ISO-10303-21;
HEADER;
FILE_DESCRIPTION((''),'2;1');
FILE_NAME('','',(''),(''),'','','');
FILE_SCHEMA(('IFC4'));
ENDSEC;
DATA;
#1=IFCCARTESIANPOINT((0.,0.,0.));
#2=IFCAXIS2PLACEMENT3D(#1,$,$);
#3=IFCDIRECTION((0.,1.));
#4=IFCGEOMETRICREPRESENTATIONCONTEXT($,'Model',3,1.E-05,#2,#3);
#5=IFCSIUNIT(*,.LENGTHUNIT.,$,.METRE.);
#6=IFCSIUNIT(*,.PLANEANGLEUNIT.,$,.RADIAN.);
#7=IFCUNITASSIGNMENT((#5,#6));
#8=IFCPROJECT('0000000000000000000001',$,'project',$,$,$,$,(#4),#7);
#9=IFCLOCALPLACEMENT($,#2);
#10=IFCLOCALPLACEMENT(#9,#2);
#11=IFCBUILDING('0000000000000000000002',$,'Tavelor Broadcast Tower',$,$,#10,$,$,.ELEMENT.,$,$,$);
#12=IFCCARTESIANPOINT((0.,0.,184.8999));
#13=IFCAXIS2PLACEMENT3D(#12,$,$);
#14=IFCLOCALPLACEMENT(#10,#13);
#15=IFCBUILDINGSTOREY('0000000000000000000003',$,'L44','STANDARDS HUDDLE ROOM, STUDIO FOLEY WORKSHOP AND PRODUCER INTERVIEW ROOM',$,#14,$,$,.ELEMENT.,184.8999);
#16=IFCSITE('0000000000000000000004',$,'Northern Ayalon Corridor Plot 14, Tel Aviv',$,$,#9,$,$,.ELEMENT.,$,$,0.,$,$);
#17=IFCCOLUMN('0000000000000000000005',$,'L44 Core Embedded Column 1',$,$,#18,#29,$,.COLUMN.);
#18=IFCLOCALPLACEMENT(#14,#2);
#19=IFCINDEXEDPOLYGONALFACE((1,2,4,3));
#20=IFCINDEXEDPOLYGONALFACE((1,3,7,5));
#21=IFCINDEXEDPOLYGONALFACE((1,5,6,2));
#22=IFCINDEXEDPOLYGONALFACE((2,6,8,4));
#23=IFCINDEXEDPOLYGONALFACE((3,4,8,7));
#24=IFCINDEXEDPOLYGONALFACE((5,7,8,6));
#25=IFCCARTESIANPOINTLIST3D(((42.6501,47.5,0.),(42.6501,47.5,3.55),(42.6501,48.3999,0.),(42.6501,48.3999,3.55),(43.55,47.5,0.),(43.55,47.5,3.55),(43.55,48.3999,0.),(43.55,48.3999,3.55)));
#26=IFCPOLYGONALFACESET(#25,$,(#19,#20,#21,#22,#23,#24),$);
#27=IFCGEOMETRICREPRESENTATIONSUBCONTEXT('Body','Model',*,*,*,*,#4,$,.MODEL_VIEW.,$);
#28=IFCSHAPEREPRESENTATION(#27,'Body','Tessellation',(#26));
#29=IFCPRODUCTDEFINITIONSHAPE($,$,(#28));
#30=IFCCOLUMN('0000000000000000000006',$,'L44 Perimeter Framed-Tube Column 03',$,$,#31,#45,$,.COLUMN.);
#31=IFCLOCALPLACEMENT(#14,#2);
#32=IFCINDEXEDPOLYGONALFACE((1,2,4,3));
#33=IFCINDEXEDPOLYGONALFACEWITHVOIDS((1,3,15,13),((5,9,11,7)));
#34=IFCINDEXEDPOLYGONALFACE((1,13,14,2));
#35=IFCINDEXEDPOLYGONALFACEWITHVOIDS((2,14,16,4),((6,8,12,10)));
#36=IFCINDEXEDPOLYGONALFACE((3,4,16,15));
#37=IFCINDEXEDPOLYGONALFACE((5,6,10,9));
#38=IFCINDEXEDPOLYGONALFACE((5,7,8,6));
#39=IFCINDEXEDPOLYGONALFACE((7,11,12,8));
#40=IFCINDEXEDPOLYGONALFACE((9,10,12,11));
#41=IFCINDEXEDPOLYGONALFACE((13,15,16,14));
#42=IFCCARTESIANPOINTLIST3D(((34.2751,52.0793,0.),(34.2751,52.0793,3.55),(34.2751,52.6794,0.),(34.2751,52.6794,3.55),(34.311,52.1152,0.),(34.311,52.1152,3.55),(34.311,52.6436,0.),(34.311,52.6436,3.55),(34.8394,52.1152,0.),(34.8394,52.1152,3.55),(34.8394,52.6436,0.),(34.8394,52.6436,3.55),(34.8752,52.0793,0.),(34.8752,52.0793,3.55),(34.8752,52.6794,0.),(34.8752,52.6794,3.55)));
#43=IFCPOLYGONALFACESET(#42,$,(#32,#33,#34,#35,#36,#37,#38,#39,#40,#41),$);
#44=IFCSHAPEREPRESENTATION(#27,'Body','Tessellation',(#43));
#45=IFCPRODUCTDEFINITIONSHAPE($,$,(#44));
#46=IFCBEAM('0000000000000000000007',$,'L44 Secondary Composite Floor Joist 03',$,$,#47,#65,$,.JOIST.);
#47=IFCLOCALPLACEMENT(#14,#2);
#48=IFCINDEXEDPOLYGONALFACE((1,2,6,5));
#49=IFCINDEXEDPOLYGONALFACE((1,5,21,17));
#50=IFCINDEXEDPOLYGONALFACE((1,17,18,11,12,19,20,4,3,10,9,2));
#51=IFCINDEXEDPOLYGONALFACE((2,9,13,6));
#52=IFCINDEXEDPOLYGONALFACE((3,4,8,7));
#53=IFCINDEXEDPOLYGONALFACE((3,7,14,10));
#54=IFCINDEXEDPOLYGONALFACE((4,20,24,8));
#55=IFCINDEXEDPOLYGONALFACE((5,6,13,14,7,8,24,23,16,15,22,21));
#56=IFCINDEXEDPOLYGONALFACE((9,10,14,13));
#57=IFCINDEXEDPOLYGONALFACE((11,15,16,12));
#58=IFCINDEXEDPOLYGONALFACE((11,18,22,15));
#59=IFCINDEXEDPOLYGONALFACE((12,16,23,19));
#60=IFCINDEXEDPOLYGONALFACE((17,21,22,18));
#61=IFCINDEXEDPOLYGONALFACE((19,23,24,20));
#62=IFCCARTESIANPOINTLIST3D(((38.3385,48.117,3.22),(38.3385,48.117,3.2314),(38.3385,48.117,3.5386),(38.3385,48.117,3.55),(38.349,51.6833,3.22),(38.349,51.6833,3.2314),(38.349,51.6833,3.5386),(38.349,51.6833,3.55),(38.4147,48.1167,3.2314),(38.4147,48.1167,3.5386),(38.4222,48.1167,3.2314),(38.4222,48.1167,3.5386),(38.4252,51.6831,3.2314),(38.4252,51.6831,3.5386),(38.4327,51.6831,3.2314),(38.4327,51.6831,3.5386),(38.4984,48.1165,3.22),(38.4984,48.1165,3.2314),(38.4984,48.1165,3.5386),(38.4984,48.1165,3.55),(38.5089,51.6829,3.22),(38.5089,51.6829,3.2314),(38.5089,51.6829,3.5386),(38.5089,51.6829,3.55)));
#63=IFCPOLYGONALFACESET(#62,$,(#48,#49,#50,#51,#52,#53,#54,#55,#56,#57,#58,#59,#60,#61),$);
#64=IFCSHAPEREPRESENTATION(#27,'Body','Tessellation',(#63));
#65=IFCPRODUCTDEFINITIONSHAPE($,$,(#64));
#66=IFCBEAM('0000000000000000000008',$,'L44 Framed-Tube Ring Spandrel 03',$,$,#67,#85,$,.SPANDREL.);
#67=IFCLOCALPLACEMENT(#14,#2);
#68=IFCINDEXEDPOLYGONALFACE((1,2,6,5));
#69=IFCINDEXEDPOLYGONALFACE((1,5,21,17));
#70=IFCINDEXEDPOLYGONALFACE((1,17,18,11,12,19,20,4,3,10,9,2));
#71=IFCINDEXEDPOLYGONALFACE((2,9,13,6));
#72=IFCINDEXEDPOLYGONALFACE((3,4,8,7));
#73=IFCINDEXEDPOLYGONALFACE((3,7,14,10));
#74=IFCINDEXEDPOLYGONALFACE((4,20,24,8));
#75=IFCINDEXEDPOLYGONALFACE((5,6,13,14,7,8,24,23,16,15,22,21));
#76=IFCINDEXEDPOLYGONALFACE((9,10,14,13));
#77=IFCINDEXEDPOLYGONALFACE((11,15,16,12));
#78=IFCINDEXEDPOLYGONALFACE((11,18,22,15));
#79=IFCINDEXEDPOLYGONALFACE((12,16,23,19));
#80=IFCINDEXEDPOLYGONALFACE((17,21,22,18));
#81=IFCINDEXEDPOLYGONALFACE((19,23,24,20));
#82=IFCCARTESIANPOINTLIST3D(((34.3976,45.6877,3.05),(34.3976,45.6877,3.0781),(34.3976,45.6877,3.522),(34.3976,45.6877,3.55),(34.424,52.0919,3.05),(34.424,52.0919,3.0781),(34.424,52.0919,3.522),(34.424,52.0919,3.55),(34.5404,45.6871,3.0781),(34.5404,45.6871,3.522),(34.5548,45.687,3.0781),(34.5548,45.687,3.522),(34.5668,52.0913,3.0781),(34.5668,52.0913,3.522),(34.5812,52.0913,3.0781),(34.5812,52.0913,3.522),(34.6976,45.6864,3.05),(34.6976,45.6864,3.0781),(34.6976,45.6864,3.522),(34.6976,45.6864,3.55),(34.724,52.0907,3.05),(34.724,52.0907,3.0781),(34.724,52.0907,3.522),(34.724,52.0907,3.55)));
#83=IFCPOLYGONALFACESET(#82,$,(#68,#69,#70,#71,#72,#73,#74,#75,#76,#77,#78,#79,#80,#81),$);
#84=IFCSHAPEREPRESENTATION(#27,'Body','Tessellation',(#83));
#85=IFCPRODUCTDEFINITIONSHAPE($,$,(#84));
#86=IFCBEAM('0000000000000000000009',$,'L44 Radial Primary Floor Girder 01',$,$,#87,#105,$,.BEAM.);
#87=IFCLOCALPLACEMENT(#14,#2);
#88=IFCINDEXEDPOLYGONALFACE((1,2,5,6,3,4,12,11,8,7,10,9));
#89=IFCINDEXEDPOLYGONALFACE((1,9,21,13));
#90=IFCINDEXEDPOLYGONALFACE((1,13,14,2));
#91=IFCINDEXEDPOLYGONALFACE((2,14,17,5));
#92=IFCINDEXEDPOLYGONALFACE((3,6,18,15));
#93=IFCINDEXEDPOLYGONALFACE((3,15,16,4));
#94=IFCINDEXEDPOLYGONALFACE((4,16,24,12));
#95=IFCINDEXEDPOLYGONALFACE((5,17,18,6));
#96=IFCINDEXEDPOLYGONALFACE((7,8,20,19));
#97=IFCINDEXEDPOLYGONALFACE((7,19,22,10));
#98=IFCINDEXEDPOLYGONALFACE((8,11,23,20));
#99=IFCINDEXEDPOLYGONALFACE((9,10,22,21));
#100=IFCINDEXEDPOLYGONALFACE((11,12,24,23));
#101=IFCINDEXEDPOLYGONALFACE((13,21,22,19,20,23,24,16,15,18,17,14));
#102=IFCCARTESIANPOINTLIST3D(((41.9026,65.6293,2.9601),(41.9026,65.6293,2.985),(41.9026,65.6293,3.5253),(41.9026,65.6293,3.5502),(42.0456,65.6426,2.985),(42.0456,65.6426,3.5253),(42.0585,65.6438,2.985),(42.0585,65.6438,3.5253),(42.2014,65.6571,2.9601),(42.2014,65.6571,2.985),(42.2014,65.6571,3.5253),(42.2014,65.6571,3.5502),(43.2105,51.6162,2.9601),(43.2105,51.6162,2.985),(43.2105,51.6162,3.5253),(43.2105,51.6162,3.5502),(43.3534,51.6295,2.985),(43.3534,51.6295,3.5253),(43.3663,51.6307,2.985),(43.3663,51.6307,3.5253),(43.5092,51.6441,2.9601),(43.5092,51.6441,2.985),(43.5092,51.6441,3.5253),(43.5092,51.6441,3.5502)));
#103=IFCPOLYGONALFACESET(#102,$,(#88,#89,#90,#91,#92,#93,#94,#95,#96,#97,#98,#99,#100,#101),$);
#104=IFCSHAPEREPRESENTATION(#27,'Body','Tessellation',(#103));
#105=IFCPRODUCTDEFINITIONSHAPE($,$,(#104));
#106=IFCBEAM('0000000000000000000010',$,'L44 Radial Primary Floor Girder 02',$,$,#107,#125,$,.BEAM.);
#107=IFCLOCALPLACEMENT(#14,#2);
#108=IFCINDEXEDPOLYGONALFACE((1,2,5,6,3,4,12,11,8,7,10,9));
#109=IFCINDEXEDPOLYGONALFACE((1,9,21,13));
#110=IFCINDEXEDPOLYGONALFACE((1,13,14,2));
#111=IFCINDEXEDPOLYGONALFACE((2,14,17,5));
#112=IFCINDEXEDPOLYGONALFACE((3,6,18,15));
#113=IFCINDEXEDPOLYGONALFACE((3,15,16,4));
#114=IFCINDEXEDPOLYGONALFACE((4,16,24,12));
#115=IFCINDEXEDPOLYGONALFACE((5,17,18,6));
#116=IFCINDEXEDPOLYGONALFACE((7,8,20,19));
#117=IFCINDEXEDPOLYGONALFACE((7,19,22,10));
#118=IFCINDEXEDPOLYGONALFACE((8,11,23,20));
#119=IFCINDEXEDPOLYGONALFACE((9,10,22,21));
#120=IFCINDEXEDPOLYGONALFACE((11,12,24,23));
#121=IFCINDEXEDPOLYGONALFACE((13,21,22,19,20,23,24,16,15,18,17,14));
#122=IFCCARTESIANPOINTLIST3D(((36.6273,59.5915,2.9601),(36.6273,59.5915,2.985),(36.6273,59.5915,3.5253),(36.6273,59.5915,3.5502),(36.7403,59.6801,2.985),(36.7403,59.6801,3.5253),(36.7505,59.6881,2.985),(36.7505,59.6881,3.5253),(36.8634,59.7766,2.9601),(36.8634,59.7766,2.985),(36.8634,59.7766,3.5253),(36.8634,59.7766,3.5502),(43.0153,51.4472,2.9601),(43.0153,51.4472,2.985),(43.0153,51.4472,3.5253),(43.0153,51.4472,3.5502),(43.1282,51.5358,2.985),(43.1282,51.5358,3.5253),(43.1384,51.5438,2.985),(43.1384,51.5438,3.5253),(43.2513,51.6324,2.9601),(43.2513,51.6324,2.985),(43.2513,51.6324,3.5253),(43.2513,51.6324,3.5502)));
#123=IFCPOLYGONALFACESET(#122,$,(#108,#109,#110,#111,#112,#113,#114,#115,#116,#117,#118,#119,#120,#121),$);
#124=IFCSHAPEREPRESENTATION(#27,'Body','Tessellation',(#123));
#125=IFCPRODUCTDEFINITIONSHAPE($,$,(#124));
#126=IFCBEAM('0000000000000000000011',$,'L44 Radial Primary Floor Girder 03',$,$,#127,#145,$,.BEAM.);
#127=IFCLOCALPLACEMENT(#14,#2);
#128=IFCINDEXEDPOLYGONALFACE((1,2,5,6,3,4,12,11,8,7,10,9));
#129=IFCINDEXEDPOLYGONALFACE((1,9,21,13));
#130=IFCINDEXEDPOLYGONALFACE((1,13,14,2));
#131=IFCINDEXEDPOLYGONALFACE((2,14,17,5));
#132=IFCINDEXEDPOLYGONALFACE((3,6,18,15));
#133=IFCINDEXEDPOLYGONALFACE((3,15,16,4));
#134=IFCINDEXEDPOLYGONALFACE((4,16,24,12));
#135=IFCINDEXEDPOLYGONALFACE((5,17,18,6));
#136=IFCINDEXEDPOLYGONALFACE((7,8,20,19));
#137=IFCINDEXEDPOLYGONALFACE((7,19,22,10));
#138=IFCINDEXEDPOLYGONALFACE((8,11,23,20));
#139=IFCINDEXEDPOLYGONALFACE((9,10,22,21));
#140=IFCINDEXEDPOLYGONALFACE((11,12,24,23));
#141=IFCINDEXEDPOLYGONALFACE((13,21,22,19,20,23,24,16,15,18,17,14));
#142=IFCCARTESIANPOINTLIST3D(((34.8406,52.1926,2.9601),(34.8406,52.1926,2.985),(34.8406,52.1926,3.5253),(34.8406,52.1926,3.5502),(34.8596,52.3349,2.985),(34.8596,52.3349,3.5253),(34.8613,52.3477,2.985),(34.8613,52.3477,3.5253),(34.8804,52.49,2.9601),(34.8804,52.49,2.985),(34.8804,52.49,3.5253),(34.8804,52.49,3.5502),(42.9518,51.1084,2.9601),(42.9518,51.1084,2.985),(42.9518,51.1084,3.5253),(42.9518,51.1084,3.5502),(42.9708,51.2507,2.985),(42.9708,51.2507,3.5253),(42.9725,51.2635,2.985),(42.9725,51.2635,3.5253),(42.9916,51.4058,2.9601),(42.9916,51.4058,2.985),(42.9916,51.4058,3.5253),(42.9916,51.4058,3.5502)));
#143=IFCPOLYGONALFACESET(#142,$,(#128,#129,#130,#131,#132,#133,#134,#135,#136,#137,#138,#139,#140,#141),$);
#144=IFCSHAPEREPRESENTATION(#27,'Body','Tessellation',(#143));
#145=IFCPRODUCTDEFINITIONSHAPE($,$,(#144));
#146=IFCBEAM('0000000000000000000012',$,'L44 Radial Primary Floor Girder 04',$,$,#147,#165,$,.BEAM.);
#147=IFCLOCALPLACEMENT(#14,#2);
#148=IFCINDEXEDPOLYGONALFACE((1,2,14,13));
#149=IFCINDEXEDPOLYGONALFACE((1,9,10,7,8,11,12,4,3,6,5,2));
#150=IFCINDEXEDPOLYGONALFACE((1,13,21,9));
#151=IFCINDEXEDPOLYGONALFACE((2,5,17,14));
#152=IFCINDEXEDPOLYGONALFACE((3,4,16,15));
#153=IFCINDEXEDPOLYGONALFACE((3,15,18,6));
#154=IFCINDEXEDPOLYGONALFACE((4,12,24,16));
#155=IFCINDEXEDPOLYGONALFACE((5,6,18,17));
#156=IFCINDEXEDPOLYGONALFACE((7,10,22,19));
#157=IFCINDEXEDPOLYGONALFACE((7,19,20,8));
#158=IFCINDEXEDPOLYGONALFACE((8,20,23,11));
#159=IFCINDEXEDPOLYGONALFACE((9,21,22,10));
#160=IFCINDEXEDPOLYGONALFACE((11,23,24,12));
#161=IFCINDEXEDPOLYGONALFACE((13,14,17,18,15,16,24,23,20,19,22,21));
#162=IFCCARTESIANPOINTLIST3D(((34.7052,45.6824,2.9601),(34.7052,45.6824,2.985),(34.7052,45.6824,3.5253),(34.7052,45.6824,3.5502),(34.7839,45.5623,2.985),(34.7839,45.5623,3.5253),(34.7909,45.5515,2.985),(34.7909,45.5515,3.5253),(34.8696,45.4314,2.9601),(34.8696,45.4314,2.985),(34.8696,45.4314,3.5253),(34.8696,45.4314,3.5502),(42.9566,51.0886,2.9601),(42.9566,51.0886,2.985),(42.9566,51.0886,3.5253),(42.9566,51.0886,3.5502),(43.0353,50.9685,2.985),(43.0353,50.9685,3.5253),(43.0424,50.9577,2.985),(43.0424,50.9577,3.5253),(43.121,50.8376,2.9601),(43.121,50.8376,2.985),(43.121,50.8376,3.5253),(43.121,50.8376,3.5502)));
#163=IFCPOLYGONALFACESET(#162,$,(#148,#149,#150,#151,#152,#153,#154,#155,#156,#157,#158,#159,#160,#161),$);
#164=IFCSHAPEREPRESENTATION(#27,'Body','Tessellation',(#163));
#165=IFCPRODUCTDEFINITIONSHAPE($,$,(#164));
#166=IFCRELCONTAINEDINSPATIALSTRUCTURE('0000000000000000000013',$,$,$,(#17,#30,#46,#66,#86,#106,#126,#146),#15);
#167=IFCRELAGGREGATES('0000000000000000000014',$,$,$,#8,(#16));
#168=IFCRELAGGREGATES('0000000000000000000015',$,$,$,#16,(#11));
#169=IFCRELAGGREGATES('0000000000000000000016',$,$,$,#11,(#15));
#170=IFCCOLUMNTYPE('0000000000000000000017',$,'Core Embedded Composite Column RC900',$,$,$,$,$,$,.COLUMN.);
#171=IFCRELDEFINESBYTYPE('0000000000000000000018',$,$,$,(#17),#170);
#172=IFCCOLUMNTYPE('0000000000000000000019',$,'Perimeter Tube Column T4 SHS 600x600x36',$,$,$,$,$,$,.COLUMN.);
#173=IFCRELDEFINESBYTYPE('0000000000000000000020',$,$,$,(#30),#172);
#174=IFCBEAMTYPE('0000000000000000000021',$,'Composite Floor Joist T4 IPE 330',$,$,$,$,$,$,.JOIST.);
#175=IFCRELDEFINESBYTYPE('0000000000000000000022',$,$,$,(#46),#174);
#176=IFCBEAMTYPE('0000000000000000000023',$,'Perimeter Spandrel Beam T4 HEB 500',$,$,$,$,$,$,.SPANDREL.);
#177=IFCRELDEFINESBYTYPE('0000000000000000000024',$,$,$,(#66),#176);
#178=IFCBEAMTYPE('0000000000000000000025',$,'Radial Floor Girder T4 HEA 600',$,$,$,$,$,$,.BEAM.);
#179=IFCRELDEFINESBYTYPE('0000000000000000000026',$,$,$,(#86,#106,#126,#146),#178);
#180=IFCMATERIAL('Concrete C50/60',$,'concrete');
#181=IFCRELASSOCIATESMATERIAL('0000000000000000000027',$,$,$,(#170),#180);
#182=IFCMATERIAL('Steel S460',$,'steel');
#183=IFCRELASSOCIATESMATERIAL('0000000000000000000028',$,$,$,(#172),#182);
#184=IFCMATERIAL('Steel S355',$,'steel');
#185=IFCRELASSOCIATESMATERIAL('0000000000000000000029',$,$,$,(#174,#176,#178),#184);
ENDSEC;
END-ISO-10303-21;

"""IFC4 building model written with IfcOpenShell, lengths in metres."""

from ifc_helpers import new_model, si_unit, direction, frame, origin, origin_2d, place, context, subcontext, project, spatial, rectangle, hollow_rectangle, i_section, extrude, material, material_profile, profile_set, type_object, element, save


model = new_model("IFC4")

# Units and contexts
model_context = context("Model", 3, precision=1e-05, world=origin(), true_north=direction((0.0, 1.0)))
body_context = subcontext(model_context, "Body", "Model", "MODEL_VIEW")
ifc_project = project(units=[si_unit("LENGTHUNIT", "METRE"), si_unit("PLANEANGLEUNIT", "RADIAN")], contexts=[model_context])

# Site, building, storey
site_placement = place(None, origin())
site = spatial("IfcSite", under=ifc_project, at=site_placement, Name="Northern Ayalon Corridor Plot 14, Tel Aviv", CompositionType="ELEMENT", RefElevation=0.0)
building_placement = place(site_placement, origin())
building = spatial("IfcBuilding", under=site, at=building_placement, Name="Tavelor Broadcast Tower", CompositionType="ELEMENT")
storey_placement = place(building_placement, frame((0.0, 0.0, 184.8999)))
storey = spatial("IfcBuildingStorey", under=building, at=storey_placement, Name="L44", Description="STANDARDS HUDDLE ROOM, STUDIO FOLEY WORKSHOP AND PRODUCER INTERVIEW ROOM", CompositionType="ELEMENT", Elevation=184.8999)

# Columns
ifc_material_1 = material(Name="Concrete C50/60", Category="concrete")
ifc_material_profile_1 = material_profile(ifc_material_1, rectangle(XDim=0.8999, YDim=0.8999, at=origin_2d()), Name="RC 900x900")
ifc_profile_set_1 = profile_set([ifc_material_profile_1], Name="Concrete C50/60")
column_type_1 = type_object("IfcColumnType", Name="Core Embedded Composite Column RC900", PredefinedType="COLUMN", material=ifc_profile_set_1)
column_1_placement = place(storey_placement, frame((43.1001, 47.95, 0.0), z_axis=(0.0, 0.0, 1.0), x_axis=(1.0, 0.0, 0.0)))
element("IfcColumn", 1, at=column_1_placement, inside=storey, type_object=column_type_1, Name="L44 Core Embedded Column 1", PredefinedType="COLUMN", context=body_context, shape_type="SweptSolid", body=[
    extrude(rectangle(XDim=0.8999, YDim=0.8999, at=origin_2d()), origin(), (0.0, 0.0, 1.0), 3.55),
])
ifc_material_2 = material(Name="Steel S460", Category="steel")
ifc_material_profile_2 = material_profile(ifc_material_2, hollow_rectangle(XDim=0.6001, YDim=0.6001, WallThickness=0.0359, at=origin_2d()), Name="SHS 600x600x36")
ifc_profile_set_2 = profile_set([ifc_material_profile_2], Name="Steel S460")
column_type_2 = type_object("IfcColumnType", Name="Perimeter Tube Column T4 SHS 600x600x36", PredefinedType="COLUMN", material=ifc_profile_set_2)
column_2_placement = place(storey_placement, frame((34.5752, 52.3794, 0.0), z_axis=(0.0, 0.0, 1.0), x_axis=(1.0, 0.0, 0.0)))
element("IfcColumn", 2, at=column_2_placement, inside=storey, type_object=column_type_2, Name="L44 Perimeter Framed-Tube Column 03", PredefinedType="COLUMN", context=body_context, shape_type="SweptSolid", body=[
    extrude(hollow_rectangle(XDim=0.6001, YDim=0.6001, WallThickness=0.0359, at=origin_2d()), origin(), (0.0, 0.0, 1.0), 3.55),
])

# Beams
ifc_material_3 = material(Name="Steel S355", Category="steel")
ifc_material_profile_3 = material_profile(ifc_material_3, i_section(OverallWidth=0.1599, OverallDepth=0.3301, WebThickness=0.0076, FlangeThickness=0.0115, at=origin_2d()), Name="IPE 330")
ifc_profile_set_3 = profile_set([ifc_material_profile_3], Name="Steel S355")
beam_type_1 = type_object("IfcBeamType", Name="Composite Floor Joist T4 IPE 330", PredefinedType="JOIST", material=ifc_profile_set_3)
beam_1_placement = place(storey_placement, frame((38.429, 51.6831, 3.385), z_axis=(-0.002944, -0.999996, 0.0), x_axis=(0.999996, -0.002944, 0.0)))
element("IfcBeam", 3, at=beam_1_placement, inside=storey, type_object=beam_type_1, Name="L44 Secondary Composite Floor Joist 03", PredefinedType="JOIST", context=body_context, shape_type="SweptSolid", body=[
    extrude(i_section(OverallWidth=0.1599, OverallDepth=0.3301, WebThickness=0.0076, FlangeThickness=0.0115, at=origin_2d()), origin(), (0.0, 0.0, 1.0), 3.5664),
])
ifc_material_profile_4 = material_profile(ifc_material_3, i_section(OverallWidth=0.3, OverallDepth=0.5, WebThickness=0.0144, FlangeThickness=0.0281, at=origin_2d()), Name="HEB 500")
ifc_profile_set_4 = profile_set([ifc_material_profile_4], Name="Steel S355")
beam_type_2 = type_object("IfcBeamType", Name="Perimeter Spandrel Beam T4 HEB 500", PredefinedType="SPANDREL", material=ifc_profile_set_4)
beam_2_placement = place(storey_placement, frame((34.574, 52.0913, 3.3), z_axis=(-0.004117, -0.999992, 0.0), x_axis=(0.999992, -0.004117, 0.0)))
element("IfcBeam", 4, at=beam_2_placement, inside=storey, type_object=beam_type_2, Name="L44 Framed-Tube Ring Spandrel 03", PredefinedType="SPANDREL", context=body_context, shape_type="SweptSolid", body=[
    extrude(i_section(OverallWidth=0.3, OverallDepth=0.5, WebThickness=0.0144, FlangeThickness=0.0281, at=origin_2d()), origin(), (0.0, 0.0, 1.0), 6.4043),
])
ifc_material_profile_5 = material_profile(ifc_material_3, i_section(OverallWidth=0.3, OverallDepth=0.5901, WebThickness=0.0129, FlangeThickness=0.0249, at=origin_2d()), Name="HEA 600")
ifc_profile_set_5 = profile_set([ifc_material_profile_5], Name="Steel S355")
beam_type_3 = type_object("IfcBeamType", Name="Radial Floor Girder T4 HEA 600", PredefinedType="BEAM", material=ifc_profile_set_5)
beam_3_placement = place(storey_placement, frame((43.3599, 51.6301, 3.2551), z_axis=(-0.092927, 0.995673, 0.0), x_axis=(-0.995673, -0.092927, 0.0)))
element("IfcBeam", 5, at=beam_3_placement, inside=storey, type_object=beam_type_3, Name="L44 Radial Primary Floor Girder 01", PredefinedType="BEAM", context=body_context, shape_type="SweptSolid", body=[
    extrude(i_section(OverallWidth=0.3, OverallDepth=0.5901, WebThickness=0.0129, FlangeThickness=0.0249, at=origin_2d()), origin(), (0.0, 0.0, 1.0), 14.074),
])
beam_4_placement = place(storey_placement, frame((43.1333, 51.5398, 3.2551), z_axis=(-0.617156, 0.786841, 0.0), x_axis=(-0.786841, -0.617156, 0.0)))
element("IfcBeam", 6, at=beam_4_placement, inside=storey, type_object=beam_type_3, Name="L44 Radial Primary Floor Girder 02", PredefinedType="BEAM", context=body_context, shape_type="SweptSolid", body=[
    extrude(i_section(OverallWidth=0.3, OverallDepth=0.5901, WebThickness=0.0129, FlangeThickness=0.0249, at=origin_2d()), origin(), (0.0, 0.0, 1.0), 10.3506),
])
beam_5_placement = place(storey_placement, frame((42.9717, 51.2571, 3.2551), z_axis=(-0.991184, 0.132494, 0.0), x_axis=(-0.132494, -0.991184, 0.0)))
element("IfcBeam", 7, at=beam_5_placement, inside=storey, type_object=beam_type_3, Name="L44 Radial Primary Floor Girder 03", PredefinedType="BEAM", context=body_context, shape_type="SweptSolid", body=[
    extrude(i_section(OverallWidth=0.3, OverallDepth=0.5901, WebThickness=0.0129, FlangeThickness=0.0249, at=origin_2d()), origin(), (0.0, 0.0, 1.0), 8.1833),
])
beam_6_placement = place(storey_placement, frame((43.0388, 50.9631, 3.2551), z_axis=(-0.836456, -0.548035, 0.0), x_axis=(0.548035, -0.836456, 0.0)))
element("IfcBeam", 8, at=beam_6_placement, inside=storey, type_object=beam_type_3, Name="L44 Radial Primary Floor Girder 04", PredefinedType="BEAM", context=body_context, shape_type="SweptSolid", body=[
    extrude(i_section(OverallWidth=0.3, OverallDepth=0.5901, WebThickness=0.0129, FlangeThickness=0.0249, at=origin_2d()), origin(), (0.0, 0.0, 1.0), 9.8647),
])

save(model, "model.ifc")
